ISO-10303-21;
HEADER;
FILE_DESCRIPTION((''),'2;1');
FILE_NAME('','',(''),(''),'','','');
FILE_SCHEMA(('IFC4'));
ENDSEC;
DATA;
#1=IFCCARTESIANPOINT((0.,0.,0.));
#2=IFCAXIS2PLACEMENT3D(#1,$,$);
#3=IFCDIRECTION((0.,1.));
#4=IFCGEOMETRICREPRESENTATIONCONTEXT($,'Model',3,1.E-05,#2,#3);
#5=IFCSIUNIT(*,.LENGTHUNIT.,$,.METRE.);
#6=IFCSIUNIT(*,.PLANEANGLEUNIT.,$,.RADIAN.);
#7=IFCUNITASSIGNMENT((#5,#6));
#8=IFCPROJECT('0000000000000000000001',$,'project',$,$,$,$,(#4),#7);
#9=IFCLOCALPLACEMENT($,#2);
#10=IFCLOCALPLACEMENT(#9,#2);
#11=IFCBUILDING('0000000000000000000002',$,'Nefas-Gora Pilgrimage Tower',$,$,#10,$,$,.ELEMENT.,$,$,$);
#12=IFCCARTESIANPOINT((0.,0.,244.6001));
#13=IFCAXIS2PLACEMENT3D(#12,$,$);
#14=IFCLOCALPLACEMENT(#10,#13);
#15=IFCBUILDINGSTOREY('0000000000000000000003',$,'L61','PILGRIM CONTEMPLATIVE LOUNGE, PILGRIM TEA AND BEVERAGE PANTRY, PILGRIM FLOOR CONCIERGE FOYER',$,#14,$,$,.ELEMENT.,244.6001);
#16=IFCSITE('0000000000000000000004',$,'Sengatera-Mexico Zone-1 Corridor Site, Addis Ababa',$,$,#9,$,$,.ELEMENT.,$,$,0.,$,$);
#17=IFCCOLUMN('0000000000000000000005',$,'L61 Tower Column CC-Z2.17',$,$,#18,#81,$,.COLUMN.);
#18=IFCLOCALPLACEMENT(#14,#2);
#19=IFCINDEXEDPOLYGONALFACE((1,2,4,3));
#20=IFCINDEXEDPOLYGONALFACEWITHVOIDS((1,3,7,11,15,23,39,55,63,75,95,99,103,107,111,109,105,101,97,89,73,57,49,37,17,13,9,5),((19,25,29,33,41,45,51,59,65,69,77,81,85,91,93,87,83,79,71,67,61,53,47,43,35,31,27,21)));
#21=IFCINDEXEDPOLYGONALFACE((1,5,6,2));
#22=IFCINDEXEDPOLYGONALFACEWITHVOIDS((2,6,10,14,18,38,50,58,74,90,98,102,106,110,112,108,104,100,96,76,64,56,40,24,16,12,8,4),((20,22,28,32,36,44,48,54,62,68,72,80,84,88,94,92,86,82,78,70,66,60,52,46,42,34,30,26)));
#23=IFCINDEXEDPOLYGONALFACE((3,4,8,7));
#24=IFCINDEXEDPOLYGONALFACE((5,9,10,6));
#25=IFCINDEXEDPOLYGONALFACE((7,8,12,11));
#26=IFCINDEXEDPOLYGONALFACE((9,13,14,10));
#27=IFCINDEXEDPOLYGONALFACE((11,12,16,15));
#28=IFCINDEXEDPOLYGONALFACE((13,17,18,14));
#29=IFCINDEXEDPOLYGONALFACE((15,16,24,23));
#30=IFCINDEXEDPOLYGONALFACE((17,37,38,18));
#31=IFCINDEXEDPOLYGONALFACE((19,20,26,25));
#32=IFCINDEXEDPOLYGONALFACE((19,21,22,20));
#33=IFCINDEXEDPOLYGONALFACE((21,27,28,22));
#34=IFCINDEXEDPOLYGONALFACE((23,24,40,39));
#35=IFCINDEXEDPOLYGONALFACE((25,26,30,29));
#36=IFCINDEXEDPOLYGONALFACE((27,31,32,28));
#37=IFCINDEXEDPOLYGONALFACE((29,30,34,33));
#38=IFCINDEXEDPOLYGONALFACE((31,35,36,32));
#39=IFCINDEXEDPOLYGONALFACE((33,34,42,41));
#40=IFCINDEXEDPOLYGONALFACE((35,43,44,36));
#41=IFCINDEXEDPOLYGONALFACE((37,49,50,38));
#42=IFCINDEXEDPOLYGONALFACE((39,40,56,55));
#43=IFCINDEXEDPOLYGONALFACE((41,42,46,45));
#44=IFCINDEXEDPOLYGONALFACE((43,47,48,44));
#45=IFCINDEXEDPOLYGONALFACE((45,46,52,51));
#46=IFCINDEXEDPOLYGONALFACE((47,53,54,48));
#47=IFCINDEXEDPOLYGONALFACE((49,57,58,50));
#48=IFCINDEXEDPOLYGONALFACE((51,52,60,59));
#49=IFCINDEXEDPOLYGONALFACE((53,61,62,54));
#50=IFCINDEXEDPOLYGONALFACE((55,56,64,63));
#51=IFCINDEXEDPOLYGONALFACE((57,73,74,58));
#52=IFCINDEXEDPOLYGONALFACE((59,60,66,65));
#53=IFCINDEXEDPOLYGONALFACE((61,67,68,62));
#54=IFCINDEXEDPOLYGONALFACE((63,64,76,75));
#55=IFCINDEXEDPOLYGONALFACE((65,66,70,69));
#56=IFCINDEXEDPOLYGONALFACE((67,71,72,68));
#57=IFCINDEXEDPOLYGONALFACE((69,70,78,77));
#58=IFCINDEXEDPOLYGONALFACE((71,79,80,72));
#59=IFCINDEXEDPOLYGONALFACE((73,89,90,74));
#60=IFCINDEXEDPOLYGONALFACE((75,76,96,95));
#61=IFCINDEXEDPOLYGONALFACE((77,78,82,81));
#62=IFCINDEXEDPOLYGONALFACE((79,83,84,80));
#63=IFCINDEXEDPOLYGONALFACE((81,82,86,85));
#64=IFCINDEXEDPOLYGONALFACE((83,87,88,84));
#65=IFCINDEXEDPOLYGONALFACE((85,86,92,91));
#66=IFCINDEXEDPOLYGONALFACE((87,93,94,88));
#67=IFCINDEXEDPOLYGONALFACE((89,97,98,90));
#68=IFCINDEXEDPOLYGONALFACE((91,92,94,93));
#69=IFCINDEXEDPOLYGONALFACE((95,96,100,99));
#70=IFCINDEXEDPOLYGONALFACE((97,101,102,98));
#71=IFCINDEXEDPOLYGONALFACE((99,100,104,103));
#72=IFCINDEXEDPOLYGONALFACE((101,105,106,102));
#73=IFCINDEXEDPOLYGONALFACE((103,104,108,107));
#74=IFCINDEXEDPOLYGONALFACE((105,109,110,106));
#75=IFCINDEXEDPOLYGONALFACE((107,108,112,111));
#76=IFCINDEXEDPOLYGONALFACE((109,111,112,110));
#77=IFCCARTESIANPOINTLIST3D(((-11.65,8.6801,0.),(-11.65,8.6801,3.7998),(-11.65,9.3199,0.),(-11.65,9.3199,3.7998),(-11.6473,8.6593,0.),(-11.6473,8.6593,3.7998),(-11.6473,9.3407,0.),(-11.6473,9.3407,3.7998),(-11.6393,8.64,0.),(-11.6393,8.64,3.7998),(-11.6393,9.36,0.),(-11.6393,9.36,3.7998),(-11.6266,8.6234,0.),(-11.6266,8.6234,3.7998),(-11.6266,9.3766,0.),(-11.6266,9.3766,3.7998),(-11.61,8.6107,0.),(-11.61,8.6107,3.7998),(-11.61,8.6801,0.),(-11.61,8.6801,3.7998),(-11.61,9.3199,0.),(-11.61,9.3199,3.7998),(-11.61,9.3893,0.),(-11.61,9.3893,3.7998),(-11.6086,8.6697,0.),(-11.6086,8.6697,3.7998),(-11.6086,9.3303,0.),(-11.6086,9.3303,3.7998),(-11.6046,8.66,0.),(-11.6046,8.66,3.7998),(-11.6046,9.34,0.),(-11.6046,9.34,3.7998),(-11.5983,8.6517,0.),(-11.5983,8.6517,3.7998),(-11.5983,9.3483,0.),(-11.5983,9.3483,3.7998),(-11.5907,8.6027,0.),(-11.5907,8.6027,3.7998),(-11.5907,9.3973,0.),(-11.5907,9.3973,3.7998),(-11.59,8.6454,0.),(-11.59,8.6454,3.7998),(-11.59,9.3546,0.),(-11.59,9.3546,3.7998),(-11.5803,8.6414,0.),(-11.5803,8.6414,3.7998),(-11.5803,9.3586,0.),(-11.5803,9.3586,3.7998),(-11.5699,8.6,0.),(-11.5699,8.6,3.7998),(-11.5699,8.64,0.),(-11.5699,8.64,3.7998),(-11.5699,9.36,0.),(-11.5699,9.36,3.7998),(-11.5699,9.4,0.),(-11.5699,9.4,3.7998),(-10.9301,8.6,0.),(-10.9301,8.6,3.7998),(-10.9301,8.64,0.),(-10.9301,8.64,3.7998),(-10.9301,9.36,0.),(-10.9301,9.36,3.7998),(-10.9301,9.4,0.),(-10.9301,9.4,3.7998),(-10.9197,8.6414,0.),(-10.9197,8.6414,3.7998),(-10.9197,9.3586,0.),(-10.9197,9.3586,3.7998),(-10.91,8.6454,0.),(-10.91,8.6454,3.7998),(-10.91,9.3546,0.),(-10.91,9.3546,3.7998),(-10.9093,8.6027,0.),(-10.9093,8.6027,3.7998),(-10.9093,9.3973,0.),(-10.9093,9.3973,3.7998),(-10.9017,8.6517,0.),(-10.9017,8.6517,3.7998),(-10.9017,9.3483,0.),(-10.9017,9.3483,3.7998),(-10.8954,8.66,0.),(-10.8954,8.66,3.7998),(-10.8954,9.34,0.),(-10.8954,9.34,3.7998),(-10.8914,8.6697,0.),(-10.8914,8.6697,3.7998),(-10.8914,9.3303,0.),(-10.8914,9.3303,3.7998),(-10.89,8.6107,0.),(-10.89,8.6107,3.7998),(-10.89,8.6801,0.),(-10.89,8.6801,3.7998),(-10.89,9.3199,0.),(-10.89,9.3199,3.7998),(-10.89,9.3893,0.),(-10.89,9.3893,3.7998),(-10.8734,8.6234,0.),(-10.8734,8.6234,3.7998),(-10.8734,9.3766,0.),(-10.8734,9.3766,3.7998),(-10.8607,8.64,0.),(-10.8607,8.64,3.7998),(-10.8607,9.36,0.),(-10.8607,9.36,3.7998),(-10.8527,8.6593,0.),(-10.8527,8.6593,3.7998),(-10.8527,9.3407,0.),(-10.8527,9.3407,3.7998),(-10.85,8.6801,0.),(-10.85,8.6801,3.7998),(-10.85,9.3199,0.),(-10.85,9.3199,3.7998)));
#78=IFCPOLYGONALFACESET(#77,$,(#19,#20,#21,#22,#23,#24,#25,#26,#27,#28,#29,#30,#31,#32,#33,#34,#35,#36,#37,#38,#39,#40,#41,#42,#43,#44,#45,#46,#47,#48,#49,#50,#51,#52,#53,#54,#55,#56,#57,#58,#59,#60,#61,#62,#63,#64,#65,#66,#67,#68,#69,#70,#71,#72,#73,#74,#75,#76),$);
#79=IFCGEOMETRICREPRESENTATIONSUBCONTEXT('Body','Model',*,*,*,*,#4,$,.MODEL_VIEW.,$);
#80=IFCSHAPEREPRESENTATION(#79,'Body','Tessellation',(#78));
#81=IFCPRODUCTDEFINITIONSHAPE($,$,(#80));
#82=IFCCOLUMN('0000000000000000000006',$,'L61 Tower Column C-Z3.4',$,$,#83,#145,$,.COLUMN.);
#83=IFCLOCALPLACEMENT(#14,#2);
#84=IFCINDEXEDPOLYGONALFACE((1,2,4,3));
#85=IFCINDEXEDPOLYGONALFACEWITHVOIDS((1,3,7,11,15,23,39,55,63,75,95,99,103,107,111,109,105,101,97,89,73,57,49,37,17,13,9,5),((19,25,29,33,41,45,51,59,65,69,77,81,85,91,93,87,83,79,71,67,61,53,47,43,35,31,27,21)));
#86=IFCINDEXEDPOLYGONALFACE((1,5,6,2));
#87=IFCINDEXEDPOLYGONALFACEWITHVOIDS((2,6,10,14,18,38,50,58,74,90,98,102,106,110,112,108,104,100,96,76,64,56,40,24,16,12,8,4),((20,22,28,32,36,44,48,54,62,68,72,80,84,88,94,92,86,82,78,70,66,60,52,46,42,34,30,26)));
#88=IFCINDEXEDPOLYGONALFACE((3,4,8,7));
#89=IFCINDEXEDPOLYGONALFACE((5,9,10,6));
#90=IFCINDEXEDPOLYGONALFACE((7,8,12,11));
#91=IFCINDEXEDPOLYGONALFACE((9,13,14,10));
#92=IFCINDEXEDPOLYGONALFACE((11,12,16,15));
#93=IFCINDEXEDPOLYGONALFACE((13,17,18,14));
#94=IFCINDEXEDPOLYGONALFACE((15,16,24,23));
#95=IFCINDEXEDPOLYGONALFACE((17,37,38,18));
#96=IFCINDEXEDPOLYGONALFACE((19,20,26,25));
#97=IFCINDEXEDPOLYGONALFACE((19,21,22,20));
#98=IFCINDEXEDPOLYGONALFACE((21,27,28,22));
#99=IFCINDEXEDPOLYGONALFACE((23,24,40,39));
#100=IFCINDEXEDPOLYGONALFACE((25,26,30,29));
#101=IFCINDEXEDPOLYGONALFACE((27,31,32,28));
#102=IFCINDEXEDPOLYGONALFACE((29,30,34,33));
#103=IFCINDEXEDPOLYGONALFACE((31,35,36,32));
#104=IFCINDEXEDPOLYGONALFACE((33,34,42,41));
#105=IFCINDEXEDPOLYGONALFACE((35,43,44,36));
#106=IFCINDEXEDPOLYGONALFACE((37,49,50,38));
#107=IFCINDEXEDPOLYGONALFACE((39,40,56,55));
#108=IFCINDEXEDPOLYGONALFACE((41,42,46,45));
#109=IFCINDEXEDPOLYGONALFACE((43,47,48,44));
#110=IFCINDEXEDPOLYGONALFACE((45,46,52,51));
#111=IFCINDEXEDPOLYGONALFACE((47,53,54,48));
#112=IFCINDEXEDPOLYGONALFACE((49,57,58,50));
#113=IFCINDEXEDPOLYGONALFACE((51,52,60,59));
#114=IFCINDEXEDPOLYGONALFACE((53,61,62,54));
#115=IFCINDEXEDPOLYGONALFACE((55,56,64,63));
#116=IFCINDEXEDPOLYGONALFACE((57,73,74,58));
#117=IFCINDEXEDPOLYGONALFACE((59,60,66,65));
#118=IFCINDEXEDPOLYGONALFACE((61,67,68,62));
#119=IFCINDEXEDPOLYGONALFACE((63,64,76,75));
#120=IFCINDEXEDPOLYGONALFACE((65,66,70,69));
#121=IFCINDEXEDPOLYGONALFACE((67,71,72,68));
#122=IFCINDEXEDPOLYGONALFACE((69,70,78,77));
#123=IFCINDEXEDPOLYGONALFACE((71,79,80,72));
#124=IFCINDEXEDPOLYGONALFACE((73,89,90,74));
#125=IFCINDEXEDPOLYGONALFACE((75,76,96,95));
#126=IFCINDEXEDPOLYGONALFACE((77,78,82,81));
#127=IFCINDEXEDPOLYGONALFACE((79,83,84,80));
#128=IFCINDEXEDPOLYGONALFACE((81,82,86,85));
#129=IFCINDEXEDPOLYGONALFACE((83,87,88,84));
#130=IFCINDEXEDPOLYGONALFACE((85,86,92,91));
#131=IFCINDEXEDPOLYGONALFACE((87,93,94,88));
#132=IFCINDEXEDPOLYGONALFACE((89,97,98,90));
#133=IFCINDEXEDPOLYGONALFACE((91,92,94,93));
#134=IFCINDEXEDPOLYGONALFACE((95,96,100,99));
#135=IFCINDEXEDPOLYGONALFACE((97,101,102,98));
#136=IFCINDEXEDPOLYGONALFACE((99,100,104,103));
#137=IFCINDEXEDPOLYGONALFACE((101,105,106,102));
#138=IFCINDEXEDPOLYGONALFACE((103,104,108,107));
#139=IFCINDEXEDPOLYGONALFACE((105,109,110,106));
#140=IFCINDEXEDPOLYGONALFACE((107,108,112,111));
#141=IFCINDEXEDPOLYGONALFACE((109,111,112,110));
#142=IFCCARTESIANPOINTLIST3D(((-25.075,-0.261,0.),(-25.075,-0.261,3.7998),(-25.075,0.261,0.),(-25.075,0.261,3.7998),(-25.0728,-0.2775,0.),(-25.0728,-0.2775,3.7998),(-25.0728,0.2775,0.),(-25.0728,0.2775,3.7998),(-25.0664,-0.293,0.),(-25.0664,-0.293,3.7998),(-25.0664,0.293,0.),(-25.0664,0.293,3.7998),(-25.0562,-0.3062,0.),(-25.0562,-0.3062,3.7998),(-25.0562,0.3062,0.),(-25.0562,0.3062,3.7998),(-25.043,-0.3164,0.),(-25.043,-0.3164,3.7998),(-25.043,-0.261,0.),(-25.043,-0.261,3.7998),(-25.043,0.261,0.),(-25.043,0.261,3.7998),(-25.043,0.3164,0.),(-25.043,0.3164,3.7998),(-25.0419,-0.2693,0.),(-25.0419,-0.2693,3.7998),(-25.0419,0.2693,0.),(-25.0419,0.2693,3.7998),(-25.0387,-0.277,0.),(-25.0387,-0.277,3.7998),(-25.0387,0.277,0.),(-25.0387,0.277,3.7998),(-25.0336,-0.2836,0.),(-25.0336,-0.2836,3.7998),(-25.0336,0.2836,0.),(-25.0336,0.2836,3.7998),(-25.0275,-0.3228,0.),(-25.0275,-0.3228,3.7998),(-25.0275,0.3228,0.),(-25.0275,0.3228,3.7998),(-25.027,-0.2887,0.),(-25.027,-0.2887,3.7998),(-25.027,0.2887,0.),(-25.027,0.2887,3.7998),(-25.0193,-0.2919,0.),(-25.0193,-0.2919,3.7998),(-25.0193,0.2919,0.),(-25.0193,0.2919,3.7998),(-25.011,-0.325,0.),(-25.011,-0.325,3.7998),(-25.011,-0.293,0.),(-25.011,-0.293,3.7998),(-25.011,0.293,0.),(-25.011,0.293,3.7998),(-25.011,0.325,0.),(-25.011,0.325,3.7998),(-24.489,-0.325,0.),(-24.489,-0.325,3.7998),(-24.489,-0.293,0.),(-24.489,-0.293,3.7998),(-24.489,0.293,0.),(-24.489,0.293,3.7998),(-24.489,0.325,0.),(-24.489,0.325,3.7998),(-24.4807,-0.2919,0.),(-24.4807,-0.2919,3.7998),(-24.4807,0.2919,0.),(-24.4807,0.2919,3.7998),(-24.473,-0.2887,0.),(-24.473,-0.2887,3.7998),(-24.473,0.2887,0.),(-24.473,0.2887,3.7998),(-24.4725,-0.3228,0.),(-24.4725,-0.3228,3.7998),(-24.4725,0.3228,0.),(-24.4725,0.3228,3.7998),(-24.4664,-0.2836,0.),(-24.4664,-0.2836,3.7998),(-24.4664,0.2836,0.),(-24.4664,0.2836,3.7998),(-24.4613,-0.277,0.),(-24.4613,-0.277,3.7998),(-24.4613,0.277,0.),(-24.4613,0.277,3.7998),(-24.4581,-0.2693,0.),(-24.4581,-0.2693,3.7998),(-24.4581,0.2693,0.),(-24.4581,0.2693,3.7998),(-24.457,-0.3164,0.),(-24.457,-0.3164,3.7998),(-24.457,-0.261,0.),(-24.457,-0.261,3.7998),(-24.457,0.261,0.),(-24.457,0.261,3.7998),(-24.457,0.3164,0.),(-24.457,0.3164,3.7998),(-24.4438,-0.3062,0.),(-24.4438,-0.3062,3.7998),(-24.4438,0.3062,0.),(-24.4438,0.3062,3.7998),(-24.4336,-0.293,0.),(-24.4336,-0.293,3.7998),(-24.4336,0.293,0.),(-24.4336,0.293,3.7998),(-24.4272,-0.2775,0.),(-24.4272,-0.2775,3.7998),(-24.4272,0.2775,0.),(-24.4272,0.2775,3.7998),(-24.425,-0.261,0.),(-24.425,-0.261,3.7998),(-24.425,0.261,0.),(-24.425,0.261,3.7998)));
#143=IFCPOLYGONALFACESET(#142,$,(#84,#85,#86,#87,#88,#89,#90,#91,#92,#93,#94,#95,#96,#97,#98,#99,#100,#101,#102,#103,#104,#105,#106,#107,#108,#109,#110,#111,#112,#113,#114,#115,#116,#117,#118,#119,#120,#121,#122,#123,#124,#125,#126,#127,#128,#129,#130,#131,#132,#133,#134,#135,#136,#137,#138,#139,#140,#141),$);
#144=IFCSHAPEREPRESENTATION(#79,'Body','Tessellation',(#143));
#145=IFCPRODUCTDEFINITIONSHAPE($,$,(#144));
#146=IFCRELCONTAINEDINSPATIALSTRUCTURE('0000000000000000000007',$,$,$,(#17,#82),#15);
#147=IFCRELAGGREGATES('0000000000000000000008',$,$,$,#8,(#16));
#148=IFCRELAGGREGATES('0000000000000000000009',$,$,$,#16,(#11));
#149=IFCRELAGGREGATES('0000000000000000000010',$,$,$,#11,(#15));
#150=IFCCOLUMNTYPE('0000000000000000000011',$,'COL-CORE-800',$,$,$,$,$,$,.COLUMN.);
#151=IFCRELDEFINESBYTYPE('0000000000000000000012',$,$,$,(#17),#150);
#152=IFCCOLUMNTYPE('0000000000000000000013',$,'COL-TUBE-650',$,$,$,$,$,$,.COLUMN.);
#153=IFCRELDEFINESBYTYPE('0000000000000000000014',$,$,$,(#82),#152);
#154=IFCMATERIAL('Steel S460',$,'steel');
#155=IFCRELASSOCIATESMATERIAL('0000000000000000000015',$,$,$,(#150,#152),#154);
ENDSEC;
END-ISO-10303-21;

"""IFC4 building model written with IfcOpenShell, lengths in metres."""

from ifc_helpers import new_model, si_unit, direction, frame, origin, origin_2d, place, context, subcontext, project, spatial, hollow_rectangle, extrude, source, transform, mapped, material, material_profile, profile_set, type_object, element, save


model = new_model("IFC4")

# Units and contexts
model_context = context("Model", 3, precision=1e-05, world=origin(), true_north=direction((0.0, 1.0)))
body_context = subcontext(model_context, "Body", "Model", "MODEL_VIEW")
ifc_project = project(units=[si_unit("LENGTHUNIT", "METRE"), si_unit("PLANEANGLEUNIT", "RADIAN")], contexts=[model_context])

# Site, building, storey
site_placement = place(None, origin())
site = spatial("IfcSite", under=ifc_project, at=site_placement, Name="Sengatera-Mexico Zone-1 Corridor Site, Addis Ababa", CompositionType="ELEMENT", RefElevation=0.0)
building_placement = place(site_placement, origin())
building = spatial("IfcBuilding", under=site, at=building_placement, Name="Nefas-Gora Pilgrimage Tower", CompositionType="ELEMENT")
storey_placement = place(building_placement, frame((0.0, 0.0, 244.6001)))
storey = spatial("IfcBuildingStorey", under=building, at=storey_placement, Name="L61", Description="PILGRIM CONTEMPLATIVE LOUNGE, PILGRIM TEA AND BEVERAGE PANTRY, PILGRIM FLOOR CONCIERGE FOYER", CompositionType="ELEMENT", Elevation=244.6001)

# Columns
ifc_material_1 = material(Name="Steel S460", Category="steel")
ifc_material_profile_1 = material_profile(ifc_material_1, hollow_rectangle(XDim=0.8, YDim=0.8, WallThickness=0.04, InnerFilletRadius=0.04, OuterFilletRadius=0.0801, at=origin_2d()), Name="BOX 800x800x40")
ifc_profile_set_1 = profile_set([ifc_material_profile_1], Name="Steel S460")
column_type_1 = type_object("IfcColumnType", Name="COL-CORE-800", PredefinedType="COLUMN", material=ifc_profile_set_1)
shared_shape_1 = source(origin(), body_context, "Body", "SweptSolid", [
    extrude(hollow_rectangle(XDim=0.8, YDim=0.8, WallThickness=0.04, InnerFilletRadius=0.04, OuterFilletRadius=0.0801, at=origin_2d()), origin(), (0.0, 0.0, 1.0), 3.7998),
])
column_placement = place(storey_placement, frame((-11.25, 9.0, 0.0), z_axis=(0.0, 0.0, 1.0), x_axis=(1.0, 0.0, 0.0)))
element("IfcColumn", 1, at=column_placement, inside=storey, type_object=column_type_1, Name="L61 Tower Column CC-Z2.17", PredefinedType="COLUMN", context=body_context, shape_type="MappedRepresentation", body=[
    mapped(shared_shape_1, transform((0.0, 0.0, 0.0), x_axis=(1.0, 0.0, 0.0), y_axis=(0.0, 1.0, 0.0), z_axis=(0.0, 0.0, 1.0), scale=1.0)),
])
ifc_material_profile_2 = material_profile(ifc_material_1, hollow_rectangle(XDim=0.6499, YDim=0.6499, WallThickness=0.032, InnerFilletRadius=0.032, OuterFilletRadius=0.064, at=origin_2d()), Name="BOX 650x650x32")
ifc_profile_set_2 = profile_set([ifc_material_profile_2], Name="Steel S460")
column_type_2 = type_object("IfcColumnType", Name="COL-TUBE-650", PredefinedType="COLUMN", material=ifc_profile_set_2)
shared_shape_2 = source(origin(), body_context, "Body", "SweptSolid", [
    extrude(hollow_rectangle(XDim=0.6499, YDim=0.6499, WallThickness=0.032, InnerFilletRadius=0.032, OuterFilletRadius=0.064, at=origin_2d()), origin(), (0.0, 0.0, 1.0), 3.7998),
])
for number, where, z_axis, x_axis, name in (
    (2, (-24.75, 0.0, 0.0), (0.0, 0.0, 1.0), (1.0, 0.0, 0.0), "L61 Tower Column C-Z3.4"),
):
    element("IfcColumn", number, at=place(storey_placement, frame(where, z_axis=z_axis, x_axis=x_axis)), inside=storey, type_object=column_type_2, Name=name, PredefinedType="COLUMN", context=body_context, shape_type="MappedRepresentation", body=[
        mapped(shared_shape_2, transform((0.0, 0.0, 0.0), x_axis=(1.0, 0.0, 0.0), y_axis=(0.0, 1.0, 0.0), z_axis=(0.0, 0.0, 1.0), scale=1.0)),
    ])

save(model, "model.ifc")
